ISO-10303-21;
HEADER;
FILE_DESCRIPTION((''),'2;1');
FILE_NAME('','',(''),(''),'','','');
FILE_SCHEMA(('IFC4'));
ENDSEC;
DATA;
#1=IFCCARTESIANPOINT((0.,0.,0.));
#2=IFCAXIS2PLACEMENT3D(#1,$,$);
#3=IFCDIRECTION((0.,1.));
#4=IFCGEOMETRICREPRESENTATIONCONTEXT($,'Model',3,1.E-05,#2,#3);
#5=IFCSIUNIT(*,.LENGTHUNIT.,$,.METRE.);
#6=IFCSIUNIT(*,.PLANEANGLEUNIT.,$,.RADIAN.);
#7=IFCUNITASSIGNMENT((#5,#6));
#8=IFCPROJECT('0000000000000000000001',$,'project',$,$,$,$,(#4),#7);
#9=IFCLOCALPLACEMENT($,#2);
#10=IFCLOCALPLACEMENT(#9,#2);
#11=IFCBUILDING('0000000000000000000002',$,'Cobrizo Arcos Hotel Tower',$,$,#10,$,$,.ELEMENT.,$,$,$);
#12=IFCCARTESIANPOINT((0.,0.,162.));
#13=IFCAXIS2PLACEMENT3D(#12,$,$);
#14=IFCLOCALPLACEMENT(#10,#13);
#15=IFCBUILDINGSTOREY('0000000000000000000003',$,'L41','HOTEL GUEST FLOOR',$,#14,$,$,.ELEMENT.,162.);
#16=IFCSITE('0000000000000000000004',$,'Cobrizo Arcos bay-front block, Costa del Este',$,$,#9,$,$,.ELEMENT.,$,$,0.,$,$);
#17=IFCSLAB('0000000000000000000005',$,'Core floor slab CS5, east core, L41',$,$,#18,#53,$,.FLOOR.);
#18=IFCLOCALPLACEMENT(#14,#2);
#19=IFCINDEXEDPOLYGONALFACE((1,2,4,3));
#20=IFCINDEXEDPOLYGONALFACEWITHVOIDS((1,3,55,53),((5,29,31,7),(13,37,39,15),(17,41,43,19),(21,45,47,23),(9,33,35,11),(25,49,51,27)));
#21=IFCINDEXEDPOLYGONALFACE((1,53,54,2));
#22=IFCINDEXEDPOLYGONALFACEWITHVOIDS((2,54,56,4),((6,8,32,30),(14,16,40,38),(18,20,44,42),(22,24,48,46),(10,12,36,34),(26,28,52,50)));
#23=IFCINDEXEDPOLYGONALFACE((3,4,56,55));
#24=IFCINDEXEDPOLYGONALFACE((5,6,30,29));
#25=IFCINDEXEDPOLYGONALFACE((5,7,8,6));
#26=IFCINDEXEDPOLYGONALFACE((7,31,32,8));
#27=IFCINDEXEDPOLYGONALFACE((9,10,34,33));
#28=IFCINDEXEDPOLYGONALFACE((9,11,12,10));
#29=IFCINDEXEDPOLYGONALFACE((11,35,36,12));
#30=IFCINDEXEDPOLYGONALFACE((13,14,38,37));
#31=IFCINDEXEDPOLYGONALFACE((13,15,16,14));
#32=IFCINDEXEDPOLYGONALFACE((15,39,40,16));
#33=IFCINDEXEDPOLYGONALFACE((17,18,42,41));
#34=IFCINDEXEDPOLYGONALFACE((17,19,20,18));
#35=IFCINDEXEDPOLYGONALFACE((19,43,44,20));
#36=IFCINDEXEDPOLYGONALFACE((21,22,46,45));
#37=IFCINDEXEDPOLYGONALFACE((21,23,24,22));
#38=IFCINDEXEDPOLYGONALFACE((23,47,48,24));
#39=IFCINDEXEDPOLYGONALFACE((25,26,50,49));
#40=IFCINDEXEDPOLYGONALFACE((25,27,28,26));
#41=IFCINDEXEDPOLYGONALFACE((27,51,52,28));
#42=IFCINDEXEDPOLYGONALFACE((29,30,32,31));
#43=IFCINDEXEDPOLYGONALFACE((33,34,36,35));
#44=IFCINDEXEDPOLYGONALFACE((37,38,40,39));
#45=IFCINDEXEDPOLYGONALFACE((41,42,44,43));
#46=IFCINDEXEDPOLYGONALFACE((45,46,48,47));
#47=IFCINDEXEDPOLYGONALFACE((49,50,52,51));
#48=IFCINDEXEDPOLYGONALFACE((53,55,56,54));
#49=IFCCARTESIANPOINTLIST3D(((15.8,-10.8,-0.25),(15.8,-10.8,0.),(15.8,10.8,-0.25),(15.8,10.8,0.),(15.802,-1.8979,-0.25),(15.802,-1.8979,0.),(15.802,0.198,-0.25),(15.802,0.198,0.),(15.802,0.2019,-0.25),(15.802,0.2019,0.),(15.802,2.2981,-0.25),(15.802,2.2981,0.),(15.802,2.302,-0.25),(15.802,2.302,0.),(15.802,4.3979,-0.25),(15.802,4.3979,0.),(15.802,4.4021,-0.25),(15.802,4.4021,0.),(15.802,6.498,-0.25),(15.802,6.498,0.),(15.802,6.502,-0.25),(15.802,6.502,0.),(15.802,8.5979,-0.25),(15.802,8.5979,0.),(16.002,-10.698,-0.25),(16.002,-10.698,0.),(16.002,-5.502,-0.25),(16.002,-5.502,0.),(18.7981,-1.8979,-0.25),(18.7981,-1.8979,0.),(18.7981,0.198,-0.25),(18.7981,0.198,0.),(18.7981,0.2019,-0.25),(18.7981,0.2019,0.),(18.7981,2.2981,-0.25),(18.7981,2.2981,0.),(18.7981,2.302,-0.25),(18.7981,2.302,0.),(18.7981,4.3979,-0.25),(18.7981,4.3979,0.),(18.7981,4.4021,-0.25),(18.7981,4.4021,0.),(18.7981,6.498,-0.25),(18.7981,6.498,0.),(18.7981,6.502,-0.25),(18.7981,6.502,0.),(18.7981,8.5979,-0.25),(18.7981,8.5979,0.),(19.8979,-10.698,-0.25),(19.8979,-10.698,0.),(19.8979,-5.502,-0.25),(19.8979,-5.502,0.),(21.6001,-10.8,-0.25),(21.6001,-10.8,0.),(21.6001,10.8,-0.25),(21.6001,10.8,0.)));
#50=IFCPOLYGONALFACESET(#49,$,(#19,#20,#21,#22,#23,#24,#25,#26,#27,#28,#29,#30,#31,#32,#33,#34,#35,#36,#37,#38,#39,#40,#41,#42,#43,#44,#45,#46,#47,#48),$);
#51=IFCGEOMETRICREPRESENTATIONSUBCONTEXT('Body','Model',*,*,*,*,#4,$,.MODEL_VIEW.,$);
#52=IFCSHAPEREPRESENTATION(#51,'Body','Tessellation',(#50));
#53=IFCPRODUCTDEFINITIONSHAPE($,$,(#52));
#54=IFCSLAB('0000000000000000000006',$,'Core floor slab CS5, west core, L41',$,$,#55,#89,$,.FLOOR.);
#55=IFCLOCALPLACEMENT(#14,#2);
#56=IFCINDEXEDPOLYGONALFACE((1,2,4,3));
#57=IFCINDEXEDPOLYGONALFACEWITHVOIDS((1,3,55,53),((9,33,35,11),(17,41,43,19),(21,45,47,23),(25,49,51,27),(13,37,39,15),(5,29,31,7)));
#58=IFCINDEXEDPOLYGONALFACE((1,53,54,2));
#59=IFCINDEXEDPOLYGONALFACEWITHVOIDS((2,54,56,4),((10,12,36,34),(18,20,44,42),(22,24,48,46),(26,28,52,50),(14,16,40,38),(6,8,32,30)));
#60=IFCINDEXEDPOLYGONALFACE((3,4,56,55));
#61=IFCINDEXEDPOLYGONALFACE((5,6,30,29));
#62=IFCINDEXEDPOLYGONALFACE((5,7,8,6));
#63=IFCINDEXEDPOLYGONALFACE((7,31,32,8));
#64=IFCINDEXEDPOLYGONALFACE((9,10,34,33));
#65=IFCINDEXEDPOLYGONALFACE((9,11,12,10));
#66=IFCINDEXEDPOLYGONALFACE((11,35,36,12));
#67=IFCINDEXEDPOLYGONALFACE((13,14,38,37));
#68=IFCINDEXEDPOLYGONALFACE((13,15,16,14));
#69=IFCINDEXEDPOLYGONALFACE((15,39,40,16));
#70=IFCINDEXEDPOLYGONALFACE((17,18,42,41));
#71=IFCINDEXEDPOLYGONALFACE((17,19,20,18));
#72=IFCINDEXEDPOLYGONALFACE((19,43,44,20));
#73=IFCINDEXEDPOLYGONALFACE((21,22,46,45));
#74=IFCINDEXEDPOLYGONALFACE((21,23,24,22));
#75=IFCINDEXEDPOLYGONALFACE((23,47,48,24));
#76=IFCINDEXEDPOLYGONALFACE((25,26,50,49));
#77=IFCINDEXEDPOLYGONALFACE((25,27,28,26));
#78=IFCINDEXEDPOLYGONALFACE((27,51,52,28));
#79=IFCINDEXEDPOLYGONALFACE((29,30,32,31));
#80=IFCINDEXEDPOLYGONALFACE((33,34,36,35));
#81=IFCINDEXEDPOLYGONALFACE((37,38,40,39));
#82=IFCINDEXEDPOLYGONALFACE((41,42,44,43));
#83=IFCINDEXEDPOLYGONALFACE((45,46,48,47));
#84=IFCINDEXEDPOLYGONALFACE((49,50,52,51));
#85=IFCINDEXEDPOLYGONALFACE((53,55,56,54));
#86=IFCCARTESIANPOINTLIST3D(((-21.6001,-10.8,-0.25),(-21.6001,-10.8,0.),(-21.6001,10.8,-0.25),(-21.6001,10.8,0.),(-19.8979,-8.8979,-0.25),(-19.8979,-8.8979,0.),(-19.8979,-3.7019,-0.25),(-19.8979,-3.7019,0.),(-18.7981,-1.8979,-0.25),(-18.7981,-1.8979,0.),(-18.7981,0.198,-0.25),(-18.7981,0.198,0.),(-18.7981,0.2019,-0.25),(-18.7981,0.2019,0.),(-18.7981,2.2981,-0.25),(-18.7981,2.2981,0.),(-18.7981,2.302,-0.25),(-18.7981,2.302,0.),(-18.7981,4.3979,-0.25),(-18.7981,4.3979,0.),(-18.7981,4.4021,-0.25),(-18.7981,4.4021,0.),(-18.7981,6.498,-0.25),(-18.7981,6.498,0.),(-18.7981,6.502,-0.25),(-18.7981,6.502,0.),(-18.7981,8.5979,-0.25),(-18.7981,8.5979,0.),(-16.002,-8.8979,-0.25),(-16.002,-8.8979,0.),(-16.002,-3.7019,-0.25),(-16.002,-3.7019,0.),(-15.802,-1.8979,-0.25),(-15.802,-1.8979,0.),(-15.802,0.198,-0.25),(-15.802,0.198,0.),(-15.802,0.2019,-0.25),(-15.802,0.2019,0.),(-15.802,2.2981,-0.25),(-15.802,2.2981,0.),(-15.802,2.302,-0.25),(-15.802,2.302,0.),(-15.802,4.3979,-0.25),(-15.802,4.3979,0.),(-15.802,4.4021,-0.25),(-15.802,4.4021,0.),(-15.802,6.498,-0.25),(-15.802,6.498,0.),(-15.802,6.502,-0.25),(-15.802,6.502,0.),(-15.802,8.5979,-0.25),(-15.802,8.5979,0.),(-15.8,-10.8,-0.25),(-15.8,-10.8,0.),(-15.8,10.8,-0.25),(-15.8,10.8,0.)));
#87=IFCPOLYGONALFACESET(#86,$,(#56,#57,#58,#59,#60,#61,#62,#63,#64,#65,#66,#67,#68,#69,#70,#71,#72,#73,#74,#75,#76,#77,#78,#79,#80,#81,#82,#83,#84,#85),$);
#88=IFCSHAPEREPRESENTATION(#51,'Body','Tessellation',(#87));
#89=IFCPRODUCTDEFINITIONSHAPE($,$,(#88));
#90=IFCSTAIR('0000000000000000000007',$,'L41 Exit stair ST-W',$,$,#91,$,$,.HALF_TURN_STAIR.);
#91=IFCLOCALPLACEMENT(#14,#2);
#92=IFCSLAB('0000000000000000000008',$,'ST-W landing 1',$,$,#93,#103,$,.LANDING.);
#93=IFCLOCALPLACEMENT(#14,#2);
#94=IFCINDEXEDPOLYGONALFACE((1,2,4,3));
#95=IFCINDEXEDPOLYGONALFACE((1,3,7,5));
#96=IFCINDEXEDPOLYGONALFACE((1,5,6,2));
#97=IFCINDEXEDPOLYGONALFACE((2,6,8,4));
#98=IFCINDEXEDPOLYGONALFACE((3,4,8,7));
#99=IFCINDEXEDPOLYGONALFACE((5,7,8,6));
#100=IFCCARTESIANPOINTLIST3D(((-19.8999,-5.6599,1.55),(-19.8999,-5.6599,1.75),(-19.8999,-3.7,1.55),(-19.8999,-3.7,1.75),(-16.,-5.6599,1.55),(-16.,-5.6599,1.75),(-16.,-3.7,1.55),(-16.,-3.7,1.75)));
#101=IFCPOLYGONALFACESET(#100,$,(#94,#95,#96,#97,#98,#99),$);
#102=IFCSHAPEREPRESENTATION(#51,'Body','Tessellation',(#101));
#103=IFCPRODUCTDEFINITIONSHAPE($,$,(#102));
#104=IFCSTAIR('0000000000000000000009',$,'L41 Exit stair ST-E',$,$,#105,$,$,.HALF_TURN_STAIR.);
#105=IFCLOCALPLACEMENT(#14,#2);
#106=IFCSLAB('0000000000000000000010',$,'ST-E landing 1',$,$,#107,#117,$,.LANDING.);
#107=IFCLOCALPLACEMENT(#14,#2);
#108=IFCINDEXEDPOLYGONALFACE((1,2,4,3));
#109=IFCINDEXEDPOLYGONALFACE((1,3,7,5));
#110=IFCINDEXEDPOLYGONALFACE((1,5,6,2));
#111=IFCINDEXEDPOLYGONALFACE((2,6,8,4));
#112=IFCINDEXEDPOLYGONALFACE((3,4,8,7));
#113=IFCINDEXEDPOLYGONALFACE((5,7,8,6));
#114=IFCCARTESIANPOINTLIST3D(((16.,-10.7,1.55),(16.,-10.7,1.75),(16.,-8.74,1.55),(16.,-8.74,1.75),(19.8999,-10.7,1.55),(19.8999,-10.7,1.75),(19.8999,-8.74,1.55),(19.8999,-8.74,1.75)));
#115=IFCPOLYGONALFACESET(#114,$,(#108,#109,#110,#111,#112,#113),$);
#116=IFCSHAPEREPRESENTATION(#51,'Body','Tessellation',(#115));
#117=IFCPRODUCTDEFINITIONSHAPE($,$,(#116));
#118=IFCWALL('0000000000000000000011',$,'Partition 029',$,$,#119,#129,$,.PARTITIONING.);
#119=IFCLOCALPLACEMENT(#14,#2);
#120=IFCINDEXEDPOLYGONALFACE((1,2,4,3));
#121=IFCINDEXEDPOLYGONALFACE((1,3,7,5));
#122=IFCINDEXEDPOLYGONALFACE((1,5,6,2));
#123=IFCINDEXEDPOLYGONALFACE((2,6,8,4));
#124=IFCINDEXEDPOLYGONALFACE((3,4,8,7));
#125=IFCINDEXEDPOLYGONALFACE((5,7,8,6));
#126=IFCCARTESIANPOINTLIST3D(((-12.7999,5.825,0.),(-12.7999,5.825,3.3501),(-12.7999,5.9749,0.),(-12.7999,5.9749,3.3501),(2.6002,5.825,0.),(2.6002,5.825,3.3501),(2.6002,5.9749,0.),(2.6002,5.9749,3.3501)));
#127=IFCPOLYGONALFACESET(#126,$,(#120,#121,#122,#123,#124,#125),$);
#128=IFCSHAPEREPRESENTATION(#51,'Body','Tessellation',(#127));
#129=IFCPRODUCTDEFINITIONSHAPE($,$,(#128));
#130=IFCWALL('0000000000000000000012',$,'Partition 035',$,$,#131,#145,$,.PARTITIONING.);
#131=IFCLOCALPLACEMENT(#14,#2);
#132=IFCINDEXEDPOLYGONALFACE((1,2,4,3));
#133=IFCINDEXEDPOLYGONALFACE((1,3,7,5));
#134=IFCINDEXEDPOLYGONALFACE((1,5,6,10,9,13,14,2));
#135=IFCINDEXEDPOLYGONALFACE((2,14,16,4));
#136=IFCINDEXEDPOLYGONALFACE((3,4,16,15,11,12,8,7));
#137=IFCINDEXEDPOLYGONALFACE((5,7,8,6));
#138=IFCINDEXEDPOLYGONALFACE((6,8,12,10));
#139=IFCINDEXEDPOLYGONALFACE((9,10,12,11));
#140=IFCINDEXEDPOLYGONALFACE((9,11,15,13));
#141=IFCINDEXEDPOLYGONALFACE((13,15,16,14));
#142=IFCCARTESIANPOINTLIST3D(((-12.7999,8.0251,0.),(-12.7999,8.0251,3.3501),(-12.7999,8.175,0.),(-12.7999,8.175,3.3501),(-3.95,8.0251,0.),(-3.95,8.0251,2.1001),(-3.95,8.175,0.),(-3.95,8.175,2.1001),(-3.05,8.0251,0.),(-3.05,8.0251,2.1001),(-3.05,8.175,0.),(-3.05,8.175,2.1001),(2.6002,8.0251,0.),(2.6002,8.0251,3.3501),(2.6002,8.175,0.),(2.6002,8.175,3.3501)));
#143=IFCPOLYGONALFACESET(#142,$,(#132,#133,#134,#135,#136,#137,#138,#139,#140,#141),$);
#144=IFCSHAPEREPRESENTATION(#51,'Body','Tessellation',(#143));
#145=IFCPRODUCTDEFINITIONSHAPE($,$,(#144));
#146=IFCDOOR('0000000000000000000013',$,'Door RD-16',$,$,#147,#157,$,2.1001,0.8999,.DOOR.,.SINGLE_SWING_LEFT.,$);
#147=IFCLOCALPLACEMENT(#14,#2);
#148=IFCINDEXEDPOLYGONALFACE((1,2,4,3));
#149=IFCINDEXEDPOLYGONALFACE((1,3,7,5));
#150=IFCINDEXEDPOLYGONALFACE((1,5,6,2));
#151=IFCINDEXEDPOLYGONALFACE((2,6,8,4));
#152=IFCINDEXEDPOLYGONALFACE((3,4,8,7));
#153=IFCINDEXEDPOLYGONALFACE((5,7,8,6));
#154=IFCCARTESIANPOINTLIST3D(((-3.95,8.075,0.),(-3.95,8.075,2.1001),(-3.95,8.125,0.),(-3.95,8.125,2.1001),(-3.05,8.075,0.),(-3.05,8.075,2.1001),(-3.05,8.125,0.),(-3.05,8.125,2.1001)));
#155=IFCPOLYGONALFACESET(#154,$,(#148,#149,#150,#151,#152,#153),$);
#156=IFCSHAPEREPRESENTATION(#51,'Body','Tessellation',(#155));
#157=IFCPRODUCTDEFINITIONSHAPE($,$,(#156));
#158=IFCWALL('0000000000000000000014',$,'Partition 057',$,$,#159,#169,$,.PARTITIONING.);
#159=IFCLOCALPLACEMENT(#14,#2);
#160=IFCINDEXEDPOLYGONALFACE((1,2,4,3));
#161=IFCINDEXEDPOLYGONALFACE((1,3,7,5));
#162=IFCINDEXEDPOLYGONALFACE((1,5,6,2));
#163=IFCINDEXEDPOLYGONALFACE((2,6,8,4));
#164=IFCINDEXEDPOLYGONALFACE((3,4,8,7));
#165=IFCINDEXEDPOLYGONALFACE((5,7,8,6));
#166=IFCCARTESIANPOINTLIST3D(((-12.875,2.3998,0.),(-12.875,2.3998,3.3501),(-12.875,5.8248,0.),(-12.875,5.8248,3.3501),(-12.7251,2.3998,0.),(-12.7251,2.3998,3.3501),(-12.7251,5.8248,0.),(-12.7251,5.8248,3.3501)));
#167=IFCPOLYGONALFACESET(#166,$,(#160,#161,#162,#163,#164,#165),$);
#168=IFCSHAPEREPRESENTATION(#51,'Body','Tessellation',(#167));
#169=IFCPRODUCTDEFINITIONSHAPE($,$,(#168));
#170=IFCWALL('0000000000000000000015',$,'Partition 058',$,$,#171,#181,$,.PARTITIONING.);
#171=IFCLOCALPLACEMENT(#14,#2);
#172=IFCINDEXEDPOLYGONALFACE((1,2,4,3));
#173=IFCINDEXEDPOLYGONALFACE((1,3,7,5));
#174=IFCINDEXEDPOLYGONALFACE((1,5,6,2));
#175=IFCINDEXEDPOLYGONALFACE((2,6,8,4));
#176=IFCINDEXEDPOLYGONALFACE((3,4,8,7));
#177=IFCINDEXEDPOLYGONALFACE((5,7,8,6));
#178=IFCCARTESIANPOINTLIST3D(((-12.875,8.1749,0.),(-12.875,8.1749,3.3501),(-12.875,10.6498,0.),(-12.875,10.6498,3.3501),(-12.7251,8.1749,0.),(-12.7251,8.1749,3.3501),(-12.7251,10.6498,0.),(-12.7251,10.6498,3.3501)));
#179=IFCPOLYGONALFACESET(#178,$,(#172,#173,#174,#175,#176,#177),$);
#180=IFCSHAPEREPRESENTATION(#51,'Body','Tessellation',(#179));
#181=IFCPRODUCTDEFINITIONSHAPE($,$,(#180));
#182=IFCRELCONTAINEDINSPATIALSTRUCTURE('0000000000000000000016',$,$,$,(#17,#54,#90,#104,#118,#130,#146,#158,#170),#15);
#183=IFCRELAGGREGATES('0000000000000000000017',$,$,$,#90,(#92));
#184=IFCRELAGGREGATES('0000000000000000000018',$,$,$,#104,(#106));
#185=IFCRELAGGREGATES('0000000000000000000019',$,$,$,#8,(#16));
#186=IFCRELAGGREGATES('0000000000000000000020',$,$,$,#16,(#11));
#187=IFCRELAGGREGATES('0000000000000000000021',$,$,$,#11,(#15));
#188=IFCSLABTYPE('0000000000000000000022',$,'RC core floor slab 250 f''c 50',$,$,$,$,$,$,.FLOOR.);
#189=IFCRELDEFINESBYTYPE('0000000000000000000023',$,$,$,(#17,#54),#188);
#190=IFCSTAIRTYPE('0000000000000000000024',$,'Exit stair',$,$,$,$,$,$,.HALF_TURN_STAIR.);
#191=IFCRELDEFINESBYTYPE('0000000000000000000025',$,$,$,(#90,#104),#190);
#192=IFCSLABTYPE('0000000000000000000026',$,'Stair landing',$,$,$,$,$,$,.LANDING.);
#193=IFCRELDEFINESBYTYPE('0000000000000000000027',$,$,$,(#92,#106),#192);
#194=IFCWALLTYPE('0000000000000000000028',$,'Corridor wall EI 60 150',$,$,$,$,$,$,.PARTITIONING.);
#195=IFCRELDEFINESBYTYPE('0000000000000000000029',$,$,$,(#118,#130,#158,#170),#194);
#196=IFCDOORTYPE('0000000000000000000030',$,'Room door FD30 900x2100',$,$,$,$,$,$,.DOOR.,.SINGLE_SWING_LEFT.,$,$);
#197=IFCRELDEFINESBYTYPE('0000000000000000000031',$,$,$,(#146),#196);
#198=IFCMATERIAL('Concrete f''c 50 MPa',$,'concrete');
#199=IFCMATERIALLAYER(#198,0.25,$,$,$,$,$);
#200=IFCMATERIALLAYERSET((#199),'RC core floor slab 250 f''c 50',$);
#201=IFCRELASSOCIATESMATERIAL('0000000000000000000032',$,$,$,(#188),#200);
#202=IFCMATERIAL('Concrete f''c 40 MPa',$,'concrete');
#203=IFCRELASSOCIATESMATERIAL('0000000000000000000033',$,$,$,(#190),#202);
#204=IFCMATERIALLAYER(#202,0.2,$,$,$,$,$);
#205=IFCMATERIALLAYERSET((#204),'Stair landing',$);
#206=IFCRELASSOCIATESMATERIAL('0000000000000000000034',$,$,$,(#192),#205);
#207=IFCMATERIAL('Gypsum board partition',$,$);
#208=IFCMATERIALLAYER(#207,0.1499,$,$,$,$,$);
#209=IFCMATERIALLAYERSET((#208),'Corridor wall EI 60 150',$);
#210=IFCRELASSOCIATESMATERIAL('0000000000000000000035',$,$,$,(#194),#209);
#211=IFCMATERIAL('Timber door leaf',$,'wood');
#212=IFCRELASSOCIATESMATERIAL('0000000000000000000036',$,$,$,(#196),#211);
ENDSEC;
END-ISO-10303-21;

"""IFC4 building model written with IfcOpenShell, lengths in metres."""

from ifc_helpers import new_model, si_unit, direction, frame, frame_2d, origin, place, context, subcontext, project, spatial, polyline, rectangle, outline, extrude, material, layer, layer_set, type_object, element, fill, aggregate, save


model = new_model("IFC4")

# Units and contexts
model_context = context("Model", 3, precision=1e-05, world=origin(), true_north=direction((0.0, 1.0)))
body_context = subcontext(model_context, "Body", "Model", "MODEL_VIEW")
ifc_project = project(units=[si_unit("LENGTHUNIT", "METRE"), si_unit("PLANEANGLEUNIT", "RADIAN")], contexts=[model_context])

# Site, building, storey
site_placement = place(None, origin())
site = spatial("IfcSite", under=ifc_project, at=site_placement, Name="Cobrizo Arcos bay-front block, Costa del Este", CompositionType="ELEMENT", RefElevation=0.0)
building_placement = place(site_placement, origin())
building = spatial("IfcBuilding", under=site, at=building_placement, Name="Cobrizo Arcos Hotel Tower", CompositionType="ELEMENT")
storey_placement = place(building_placement, frame((0.0, 0.0, 162.0)))
storey = spatial("IfcBuildingStorey", under=building, at=storey_placement, Name="L41", Description="HOTEL GUEST FLOOR", CompositionType="ELEMENT", Elevation=162.0)

# Slabs
ifc_material_1 = material(Name="Concrete f'c 50 MPa", Category="concrete")
ifc_layer_1 = layer(ifc_material_1, 0.25)
ifc_layer_set_1 = layer_set([ifc_layer_1], Name="RC core floor slab 250 f'c 50")
slab_type_1 = type_object("IfcSlabType", Name="RC core floor slab 250 f'c 50", PredefinedType="FLOOR", material=ifc_layer_set_1)
slab_1_placement = place(storey_placement, frame((0.0, 0.0, -0.25)))
element("IfcSlab", 1, at=slab_1_placement, inside=storey, type_object=slab_type_1, Name="Core floor slab CS5, east core, L41", PredefinedType="FLOOR", context=body_context, shape_type="SweptSolid", body=[
    extrude(outline(polyline([(15.8, 10.8), (21.6001, 10.8), (21.6001, -10.8), (15.8, -10.8), (15.8, 10.8)]), holes=[polyline([(19.8979, -10.698), (19.8979, -5.502), (16.002, -5.502), (16.002, -10.698), (19.8979, -10.698)]), polyline([(15.802, 0.198), (15.802, -1.8979), (18.7981, -1.8979), (18.7981, 0.198), (15.802, 0.198)]), polyline([(15.802, 2.2981), (15.802, 0.2019), (18.7981, 0.2019), (18.7981, 2.2981), (15.802, 2.2981)]), polyline([(15.802, 4.3979), (15.802, 2.302), (18.7981, 2.302), (18.7981, 4.3979), (15.802, 4.3979)]), polyline([(18.7981, 6.498), (15.802, 6.498), (15.802, 4.4021), (18.7981, 4.4021), (18.7981, 6.498)]), polyline([(18.7981, 8.5979), (15.802, 8.5979), (15.802, 6.502), (18.7981, 6.502), (18.7981, 8.5979)])]), origin(), (0.0, 0.0, 1.0), 0.25),
])
slab_2_placement = place(storey_placement, frame((0.0, 0.0, -0.25)))
element("IfcSlab", 2, at=slab_2_placement, inside=storey, type_object=slab_type_1, Name="Core floor slab CS5, west core, L41", PredefinedType="FLOOR", context=body_context, shape_type="SweptSolid", body=[
    extrude(outline(polyline([(-21.6001, 10.8), (-15.8, 10.8), (-15.8, -10.8), (-21.6001, -10.8), (-21.6001, 10.8)]), holes=[polyline([(-19.8979, -3.7019), (-19.8979, -8.8979), (-16.002, -8.8979), (-16.002, -3.7019), (-19.8979, -3.7019)]), polyline([(-18.7981, 0.198), (-18.7981, -1.8979), (-15.802, -1.8979), (-15.802, 0.198), (-18.7981, 0.198)]), polyline([(-18.7981, 2.2981), (-18.7981, 0.2019), (-15.802, 0.2019), (-15.802, 2.2981), (-18.7981, 2.2981)]), polyline([(-18.7981, 4.3979), (-18.7981, 2.302), (-15.802, 2.302), (-15.802, 4.3979), (-18.7981, 4.3979)]), polyline([(-15.802, 6.498), (-18.7981, 6.498), (-18.7981, 4.4021), (-15.802, 4.4021), (-15.802, 6.498)]), polyline([(-15.802, 8.5979), (-18.7981, 8.5979), (-18.7981, 6.502), (-15.802, 6.502), (-15.802, 8.5979)])]), origin(), (0.0, 0.0, 1.0), 0.25),
])

# Stairs, slabs
ifc_material_2 = material(Name="Concrete f'c 40 MPa", Category="concrete")
stair_type = type_object("IfcStairType", Name="Exit stair", PredefinedType="HALF_TURN_STAIR", material=ifc_material_2)
stair_1_placement = place(storey_placement, origin())
stair_1 = element("IfcStair", 3, at=stair_1_placement, inside=storey, type_object=stair_type, Name="L41 Exit stair ST-W", PredefinedType="HALF_TURN_STAIR")
ifc_layer_2 = layer(ifc_material_2, 0.2)
ifc_layer_set_2 = layer_set([ifc_layer_2], Name="Stair landing")
slab_type_2 = type_object("IfcSlabType", Name="Stair landing", PredefinedType="LANDING", material=ifc_layer_set_2)
slab_3_placement = place(storey_placement, frame((0.0, 0.0, 1.55)))
slab_3 = element("IfcSlab", 4, at=slab_3_placement, type_object=slab_type_2, Name="ST-W landing 1", PredefinedType="LANDING", context=body_context, shape_type="SweptSolid", body=[
    extrude(outline(polyline([(-16.0, -5.6599), (-16.0, -3.7), (-19.8999, -3.7), (-19.8999, -5.6599), (-16.0, -5.6599)])), origin(), (0.0, 0.0, 1.0), 0.2),
])
aggregate(stair_1, [slab_3])
stair_2_placement = place(storey_placement, origin())
stair_2 = element("IfcStair", 5, at=stair_2_placement, inside=storey, type_object=stair_type, Name="L41 Exit stair ST-E", PredefinedType="HALF_TURN_STAIR")
slab_4_placement = place(storey_placement, frame((0.0, 0.0, 1.55)))
slab_4 = element("IfcSlab", 6, at=slab_4_placement, type_object=slab_type_2, Name="ST-E landing 1", PredefinedType="LANDING", context=body_context, shape_type="SweptSolid", body=[
    extrude(outline(polyline([(16.0, -8.74), (16.0, -10.7), (19.8999, -10.7), (19.8999, -8.74), (16.0, -8.74)])), origin(), (0.0, 0.0, 1.0), 0.2),
])
aggregate(stair_2, [slab_4])

# Wall
ifc_material_3 = material(Name="Gypsum board partition")
ifc_layer_3 = layer(ifc_material_3, 0.1499)
ifc_layer_set_3 = layer_set([ifc_layer_3], Name="Corridor wall EI 60 150")
wall_type_1 = type_object("IfcWallType", Name="Corridor wall EI 60 150", PredefinedType="PARTITIONING", material=ifc_layer_set_3)
wall_1_placement = place(storey_placement, frame((-12.8, 5.8999, 0.0), z_axis=(0.0, 0.0, 1.0), x_axis=(1.0, 0.0, 0.0)))
element("IfcWall", 7, at=wall_1_placement, inside=storey, type_object=wall_type_1, Name="Partition 029", PredefinedType="PARTITIONING", context=body_context, shape_type="SweptSolid", body=[
    extrude(rectangle(XDim=15.4001, YDim=0.1499, at=frame_2d((7.7002, 0.0))), origin(), (0.0, 0.0, 1.0), 3.3501),
])

# Wall, opening, door
wall_2_placement = place(storey_placement, frame((-12.8, 8.1001, 0.0), z_axis=(0.0, 0.0, 1.0), x_axis=(1.0, 0.0, 0.0)))
wall_2 = element("IfcWall", 8, at=wall_2_placement, inside=storey, type_object=wall_type_1, Name="Partition 035", PredefinedType="PARTITIONING", context=body_context, shape_type="SweptSolid", body=[
    extrude(rectangle(XDim=15.4001, YDim=0.1499, at=frame_2d((7.7002, 0.0))), origin(), (0.0, 0.0, 1.0), 3.3501),
])
opening_placement = place(wall_2_placement, frame((8.8501, 0.0, 0.0)))
opening = element("IfcOpeningElement", 9, at=opening_placement, cuts=wall_2, PredefinedType="OPENING", context=body_context, shape_type="SweptSolid", body=[
    extrude(rectangle(XDim=0.8999, YDim=2.1001, at=frame_2d((0.45, 1.05))), frame((0.0, 0.0869, 0.0), z_axis=(0.0, -1.0, 0.0), x_axis=(1.0, 0.0, 0.0)), (0.0, 0.0, 1.0), 0.1738),
])
ifc_material_4 = material(Name="Timber door leaf", Category="wood")
door_type = type_object("IfcDoorType", Name="Room door FD30 900x2100", OperationType="SINGLE_SWING_LEFT", PredefinedType="DOOR", material=ifc_material_4)
door_placement = place(opening_placement, origin())
door = element("IfcDoor", 10, at=door_placement, inside=storey, type_object=door_type, Name="Door RD-16", OperationType="SINGLE_SWING_LEFT", OverallHeight=2.1001, OverallWidth=0.8999, PredefinedType="DOOR", context=body_context, shape_type="SweptSolid", body=[
    extrude(rectangle(XDim=0.8999, YDim=2.1001, at=frame_2d((0.45, 1.05))), frame((0.0, 0.0249, 0.0), z_axis=(0.0, -1.0, 0.0), x_axis=(1.0, 0.0, 0.0)), (0.0, 0.0, 1.0), 0.05),
])
fill(opening, door)

# Walls
wall_3_placement = place(storey_placement, frame((-12.8, 2.3999, 0.0), z_axis=(0.0, 0.0, 1.0), x_axis=(0.0, 1.0, 0.0)))
element("IfcWall", 11, at=wall_3_placement, inside=storey, type_object=wall_type_1, Name="Partition 057", PredefinedType="PARTITIONING", context=body_context, shape_type="SweptSolid", body=[
    extrude(rectangle(XDim=3.425, YDim=0.1499, at=frame_2d((1.7124, 0.0))), origin(), (0.0, 0.0, 1.0), 3.3501),
])
wall_4_placement = place(storey_placement, frame((-12.8, 8.175, 0.0), z_axis=(0.0, 0.0, 1.0), x_axis=(0.0, 1.0, 0.0)))
element("IfcWall", 12, at=wall_4_placement, inside=storey, type_object=wall_type_1, Name="Partition 058", PredefinedType="PARTITIONING", context=body_context, shape_type="SweptSolid", body=[
    extrude(rectangle(XDim=2.4749, YDim=0.1499, at=frame_2d((1.2373, 0.0))), origin(), (0.0, 0.0, 1.0), 3.3501),
])

save(model, "model.ifc")
